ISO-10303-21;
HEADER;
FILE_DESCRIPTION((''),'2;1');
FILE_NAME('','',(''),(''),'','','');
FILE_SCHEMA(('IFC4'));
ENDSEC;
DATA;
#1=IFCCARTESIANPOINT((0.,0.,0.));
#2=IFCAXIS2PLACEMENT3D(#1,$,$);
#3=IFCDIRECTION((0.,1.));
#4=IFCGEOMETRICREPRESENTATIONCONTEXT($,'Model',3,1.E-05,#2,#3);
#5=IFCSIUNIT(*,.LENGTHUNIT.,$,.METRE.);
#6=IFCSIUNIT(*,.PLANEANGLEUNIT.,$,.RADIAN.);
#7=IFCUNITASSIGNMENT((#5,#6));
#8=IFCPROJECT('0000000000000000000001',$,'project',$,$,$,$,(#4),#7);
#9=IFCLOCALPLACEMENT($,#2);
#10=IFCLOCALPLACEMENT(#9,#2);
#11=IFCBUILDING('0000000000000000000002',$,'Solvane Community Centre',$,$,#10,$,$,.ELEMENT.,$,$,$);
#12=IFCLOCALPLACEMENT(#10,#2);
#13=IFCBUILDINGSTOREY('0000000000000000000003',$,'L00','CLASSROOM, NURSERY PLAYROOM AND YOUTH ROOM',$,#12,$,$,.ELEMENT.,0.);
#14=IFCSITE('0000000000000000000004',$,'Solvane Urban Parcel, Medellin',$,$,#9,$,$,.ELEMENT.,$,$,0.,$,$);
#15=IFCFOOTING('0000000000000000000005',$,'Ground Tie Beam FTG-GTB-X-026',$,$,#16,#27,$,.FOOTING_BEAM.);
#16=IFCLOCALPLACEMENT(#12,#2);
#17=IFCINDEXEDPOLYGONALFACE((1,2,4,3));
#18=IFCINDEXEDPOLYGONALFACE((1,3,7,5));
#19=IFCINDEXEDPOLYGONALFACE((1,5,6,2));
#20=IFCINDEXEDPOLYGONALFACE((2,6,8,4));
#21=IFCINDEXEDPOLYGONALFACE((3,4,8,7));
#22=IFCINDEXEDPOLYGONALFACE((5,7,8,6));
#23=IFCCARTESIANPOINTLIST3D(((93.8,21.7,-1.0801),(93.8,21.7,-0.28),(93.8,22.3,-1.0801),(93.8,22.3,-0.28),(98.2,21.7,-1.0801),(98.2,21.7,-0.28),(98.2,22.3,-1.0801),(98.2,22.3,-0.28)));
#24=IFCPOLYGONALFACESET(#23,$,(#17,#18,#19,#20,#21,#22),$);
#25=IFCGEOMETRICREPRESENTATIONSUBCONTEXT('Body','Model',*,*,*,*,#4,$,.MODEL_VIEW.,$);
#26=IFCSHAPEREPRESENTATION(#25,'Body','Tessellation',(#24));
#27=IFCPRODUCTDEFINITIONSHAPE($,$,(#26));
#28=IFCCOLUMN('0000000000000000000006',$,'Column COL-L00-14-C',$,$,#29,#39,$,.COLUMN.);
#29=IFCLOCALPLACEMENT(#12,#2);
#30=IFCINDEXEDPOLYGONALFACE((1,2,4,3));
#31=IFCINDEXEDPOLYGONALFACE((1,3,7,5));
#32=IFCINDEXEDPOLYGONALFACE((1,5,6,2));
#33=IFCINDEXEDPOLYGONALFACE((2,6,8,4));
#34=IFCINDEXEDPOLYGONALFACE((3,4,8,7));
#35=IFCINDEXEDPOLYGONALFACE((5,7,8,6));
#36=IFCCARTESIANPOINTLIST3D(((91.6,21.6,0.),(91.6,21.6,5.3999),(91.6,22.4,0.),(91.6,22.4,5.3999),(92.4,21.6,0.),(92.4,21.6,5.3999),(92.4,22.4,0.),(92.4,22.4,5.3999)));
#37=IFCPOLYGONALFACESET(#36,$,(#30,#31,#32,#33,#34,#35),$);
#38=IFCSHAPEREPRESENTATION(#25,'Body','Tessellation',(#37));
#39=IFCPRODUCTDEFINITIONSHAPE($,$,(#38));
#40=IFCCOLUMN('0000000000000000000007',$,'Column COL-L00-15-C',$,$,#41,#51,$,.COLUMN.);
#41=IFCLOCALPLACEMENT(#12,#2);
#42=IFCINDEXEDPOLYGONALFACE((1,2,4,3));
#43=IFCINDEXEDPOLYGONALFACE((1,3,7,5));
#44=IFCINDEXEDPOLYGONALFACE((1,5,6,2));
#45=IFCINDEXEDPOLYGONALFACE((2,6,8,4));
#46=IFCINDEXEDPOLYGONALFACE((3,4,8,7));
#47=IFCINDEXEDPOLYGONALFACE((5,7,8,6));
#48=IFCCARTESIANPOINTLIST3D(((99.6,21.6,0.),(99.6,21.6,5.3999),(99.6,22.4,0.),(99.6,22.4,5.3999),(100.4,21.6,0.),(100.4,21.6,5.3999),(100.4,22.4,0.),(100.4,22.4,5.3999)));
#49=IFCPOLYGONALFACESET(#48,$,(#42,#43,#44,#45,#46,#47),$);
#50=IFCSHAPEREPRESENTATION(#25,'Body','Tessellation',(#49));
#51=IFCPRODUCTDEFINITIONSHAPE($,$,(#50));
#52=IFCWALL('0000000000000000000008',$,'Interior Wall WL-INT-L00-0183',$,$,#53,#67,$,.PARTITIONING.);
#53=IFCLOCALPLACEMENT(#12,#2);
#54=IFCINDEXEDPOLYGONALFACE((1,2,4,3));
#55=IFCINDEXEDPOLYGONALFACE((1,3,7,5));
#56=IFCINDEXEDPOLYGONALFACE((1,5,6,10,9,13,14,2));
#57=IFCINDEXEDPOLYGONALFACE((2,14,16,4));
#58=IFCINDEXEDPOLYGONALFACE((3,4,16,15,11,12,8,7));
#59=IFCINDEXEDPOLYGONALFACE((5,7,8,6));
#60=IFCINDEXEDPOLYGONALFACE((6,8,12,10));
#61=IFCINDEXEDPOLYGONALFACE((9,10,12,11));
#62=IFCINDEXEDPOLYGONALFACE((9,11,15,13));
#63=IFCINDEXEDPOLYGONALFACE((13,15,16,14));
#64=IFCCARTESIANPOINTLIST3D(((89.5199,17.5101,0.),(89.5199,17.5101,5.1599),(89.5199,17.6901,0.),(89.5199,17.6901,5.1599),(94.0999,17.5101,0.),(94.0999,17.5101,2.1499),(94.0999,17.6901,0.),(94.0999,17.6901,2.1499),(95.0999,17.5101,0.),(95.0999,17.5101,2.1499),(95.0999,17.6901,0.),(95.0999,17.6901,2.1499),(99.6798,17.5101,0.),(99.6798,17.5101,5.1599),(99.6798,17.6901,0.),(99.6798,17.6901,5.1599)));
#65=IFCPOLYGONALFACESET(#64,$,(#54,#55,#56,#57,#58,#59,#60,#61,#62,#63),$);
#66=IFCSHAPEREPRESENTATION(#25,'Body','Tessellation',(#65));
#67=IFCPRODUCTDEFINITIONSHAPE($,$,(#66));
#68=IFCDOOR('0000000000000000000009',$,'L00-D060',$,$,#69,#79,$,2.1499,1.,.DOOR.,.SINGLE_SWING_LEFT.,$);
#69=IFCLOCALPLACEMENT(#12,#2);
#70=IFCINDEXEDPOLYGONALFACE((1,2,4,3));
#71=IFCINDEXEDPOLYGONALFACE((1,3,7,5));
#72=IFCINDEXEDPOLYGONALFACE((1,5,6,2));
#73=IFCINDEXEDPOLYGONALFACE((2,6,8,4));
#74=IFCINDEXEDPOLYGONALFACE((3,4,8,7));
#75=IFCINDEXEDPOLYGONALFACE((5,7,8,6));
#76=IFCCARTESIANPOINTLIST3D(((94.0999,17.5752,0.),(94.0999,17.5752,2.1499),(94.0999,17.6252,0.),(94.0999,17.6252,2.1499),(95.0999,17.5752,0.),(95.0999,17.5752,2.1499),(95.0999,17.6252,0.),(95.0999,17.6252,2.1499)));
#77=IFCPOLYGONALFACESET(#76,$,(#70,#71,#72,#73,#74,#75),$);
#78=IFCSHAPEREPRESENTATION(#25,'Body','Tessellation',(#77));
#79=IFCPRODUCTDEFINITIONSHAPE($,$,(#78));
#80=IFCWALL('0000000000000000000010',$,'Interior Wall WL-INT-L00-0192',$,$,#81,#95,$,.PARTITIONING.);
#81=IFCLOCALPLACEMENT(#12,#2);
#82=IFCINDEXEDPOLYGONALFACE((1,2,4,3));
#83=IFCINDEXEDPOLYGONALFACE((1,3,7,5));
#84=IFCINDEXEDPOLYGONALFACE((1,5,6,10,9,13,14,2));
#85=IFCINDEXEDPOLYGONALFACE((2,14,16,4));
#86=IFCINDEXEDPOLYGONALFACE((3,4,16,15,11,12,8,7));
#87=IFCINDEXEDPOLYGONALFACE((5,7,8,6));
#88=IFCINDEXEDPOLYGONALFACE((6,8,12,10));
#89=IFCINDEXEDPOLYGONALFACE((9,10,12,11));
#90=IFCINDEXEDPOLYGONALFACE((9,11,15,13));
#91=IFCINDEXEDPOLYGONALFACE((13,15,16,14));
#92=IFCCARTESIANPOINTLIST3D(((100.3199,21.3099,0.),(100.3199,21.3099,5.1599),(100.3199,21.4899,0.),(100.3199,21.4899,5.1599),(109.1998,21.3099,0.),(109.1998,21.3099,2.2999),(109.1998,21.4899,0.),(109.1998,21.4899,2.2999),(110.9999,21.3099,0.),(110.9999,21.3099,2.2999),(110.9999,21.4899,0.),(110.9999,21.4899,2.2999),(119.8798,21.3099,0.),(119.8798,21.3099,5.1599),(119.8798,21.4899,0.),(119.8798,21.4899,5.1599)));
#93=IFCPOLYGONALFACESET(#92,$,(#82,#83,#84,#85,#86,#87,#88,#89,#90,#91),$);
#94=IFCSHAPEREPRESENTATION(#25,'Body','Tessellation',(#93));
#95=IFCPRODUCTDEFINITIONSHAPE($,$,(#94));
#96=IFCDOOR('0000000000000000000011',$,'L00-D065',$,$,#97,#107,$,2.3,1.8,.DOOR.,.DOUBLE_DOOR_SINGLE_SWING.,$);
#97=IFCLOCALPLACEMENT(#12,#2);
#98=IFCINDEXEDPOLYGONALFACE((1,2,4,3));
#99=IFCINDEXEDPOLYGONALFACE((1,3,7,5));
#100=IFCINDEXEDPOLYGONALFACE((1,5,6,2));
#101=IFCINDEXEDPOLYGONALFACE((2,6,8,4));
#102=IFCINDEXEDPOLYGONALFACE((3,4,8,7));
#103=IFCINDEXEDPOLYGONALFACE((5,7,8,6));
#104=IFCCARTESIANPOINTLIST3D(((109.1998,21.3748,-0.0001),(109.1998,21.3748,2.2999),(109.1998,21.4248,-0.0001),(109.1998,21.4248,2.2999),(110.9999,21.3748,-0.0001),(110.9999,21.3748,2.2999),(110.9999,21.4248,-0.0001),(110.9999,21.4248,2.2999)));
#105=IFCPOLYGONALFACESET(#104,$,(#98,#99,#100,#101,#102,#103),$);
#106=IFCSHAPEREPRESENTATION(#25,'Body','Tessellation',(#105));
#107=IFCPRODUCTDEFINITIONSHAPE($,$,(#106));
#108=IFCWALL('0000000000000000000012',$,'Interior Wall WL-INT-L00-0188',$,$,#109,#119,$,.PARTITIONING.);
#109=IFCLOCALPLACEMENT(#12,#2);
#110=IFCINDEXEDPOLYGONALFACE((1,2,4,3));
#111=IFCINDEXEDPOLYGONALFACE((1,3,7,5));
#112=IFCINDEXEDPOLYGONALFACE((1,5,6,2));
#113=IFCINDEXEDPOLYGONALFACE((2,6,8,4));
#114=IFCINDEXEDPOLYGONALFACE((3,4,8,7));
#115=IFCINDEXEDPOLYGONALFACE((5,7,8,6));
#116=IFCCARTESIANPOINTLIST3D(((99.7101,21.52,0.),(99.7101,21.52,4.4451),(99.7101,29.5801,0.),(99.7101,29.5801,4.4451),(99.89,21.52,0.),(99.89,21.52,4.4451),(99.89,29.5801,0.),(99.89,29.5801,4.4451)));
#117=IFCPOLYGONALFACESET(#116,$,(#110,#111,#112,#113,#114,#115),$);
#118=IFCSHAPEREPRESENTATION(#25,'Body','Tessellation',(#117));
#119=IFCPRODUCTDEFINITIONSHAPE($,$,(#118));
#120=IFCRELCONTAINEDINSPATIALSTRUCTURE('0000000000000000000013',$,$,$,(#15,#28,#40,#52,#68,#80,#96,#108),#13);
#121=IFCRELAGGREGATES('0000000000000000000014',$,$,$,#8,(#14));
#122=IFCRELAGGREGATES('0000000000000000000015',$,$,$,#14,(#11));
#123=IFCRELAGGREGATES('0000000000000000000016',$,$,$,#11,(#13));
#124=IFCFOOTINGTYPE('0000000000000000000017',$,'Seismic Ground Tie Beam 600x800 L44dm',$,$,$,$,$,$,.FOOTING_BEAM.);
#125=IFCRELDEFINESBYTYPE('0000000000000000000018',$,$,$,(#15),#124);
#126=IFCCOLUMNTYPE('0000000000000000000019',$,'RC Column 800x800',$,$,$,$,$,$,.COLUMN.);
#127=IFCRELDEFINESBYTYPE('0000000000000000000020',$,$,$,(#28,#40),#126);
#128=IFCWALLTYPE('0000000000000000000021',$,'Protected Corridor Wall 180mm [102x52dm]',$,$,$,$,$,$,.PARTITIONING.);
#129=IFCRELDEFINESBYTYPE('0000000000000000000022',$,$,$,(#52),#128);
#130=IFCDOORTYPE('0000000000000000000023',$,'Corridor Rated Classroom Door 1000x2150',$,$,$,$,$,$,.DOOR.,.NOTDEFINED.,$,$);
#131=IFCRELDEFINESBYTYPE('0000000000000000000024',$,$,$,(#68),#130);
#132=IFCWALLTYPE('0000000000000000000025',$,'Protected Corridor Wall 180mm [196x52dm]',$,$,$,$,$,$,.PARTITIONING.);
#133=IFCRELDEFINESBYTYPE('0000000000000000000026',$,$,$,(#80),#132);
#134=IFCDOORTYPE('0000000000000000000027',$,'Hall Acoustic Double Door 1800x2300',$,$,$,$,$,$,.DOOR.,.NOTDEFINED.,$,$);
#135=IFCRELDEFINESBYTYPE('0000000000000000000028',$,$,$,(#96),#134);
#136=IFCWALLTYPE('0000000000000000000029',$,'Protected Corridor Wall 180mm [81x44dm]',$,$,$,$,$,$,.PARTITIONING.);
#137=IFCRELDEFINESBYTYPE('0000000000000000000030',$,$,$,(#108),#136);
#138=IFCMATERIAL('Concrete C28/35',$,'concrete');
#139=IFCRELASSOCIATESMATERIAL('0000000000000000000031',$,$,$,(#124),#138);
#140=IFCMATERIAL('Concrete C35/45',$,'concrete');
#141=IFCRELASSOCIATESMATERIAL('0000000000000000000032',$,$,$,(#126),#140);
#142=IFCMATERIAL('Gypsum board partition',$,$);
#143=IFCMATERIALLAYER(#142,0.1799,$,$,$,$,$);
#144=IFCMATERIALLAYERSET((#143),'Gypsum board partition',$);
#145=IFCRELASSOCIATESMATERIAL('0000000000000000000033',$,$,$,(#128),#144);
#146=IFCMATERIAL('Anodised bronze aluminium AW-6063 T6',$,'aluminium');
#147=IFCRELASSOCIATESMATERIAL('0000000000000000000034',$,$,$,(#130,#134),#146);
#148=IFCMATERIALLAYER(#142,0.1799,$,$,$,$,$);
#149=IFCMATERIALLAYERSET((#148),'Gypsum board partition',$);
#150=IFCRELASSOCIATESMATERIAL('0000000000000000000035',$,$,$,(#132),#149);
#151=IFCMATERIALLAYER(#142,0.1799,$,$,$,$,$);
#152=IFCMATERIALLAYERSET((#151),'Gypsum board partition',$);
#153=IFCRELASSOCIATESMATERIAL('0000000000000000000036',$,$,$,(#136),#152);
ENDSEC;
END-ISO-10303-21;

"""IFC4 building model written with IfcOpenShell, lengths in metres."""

from ifc_helpers import new_model, si_unit, direction, frame, frame_2d, origin, origin_2d, place, context, subcontext, project, spatial, rectangle, extrude, material, layer, layer_set, material_profile, profile_set, type_object, element, fill, save


model = new_model("IFC4")

# Units and contexts
model_context = context("Model", 3, precision=1e-05, world=origin(), true_north=direction((0.0, 1.0)))
body_context = subcontext(model_context, "Body", "Model", "MODEL_VIEW")
ifc_project = project(units=[si_unit("LENGTHUNIT", "METRE"), si_unit("PLANEANGLEUNIT", "RADIAN")], contexts=[model_context])

# Site, building, storey
site_placement = place(None, origin())
site = spatial("IfcSite", under=ifc_project, at=site_placement, Name="Solvane Urban Parcel, Medellin", CompositionType="ELEMENT", RefElevation=0.0)
building_placement = place(site_placement, origin())
building = spatial("IfcBuilding", under=site, at=building_placement, Name="Solvane Community Centre", CompositionType="ELEMENT")
storey_placement = place(building_placement, origin())
storey = spatial("IfcBuildingStorey", under=building, at=storey_placement, Name="L00", Description="CLASSROOM, NURSERY PLAYROOM AND YOUTH ROOM", CompositionType="ELEMENT", Elevation=0.0)

# Shared definitions
ifc_material_1 = material(Name="Concrete C28/35", Category="concrete")

# Footing
footing_type_1 = type_object("IfcFootingType", Name="Seismic Ground Tie Beam 600x800 L44dm", PredefinedType="FOOTING_BEAM", material=ifc_material_1)
footing_placement = place(storey_placement, frame((96.0, 22.0, -1.0801), z_axis=(0.0, 0.0, 1.0), x_axis=(1.0, 0.0, 0.0)))
element("IfcFooting", 1, at=footing_placement, inside=storey, type_object=footing_type_1, Name="Ground Tie Beam FTG-GTB-X-026", PredefinedType="FOOTING_BEAM", context=body_context, shape_type="SweptSolid", body=[
    extrude(rectangle(XDim=4.3999, YDim=0.6001, at=origin_2d()), origin(), (0.0, 0.0, 1.0), 0.8),
])

# Columns
ifc_material_2 = material(Name="Concrete C35/45", Category="concrete")
ifc_material_profile_1 = material_profile(ifc_material_2, rectangle(XDim=0.8, YDim=0.8, at=origin_2d()), Name="RC 800x800")
ifc_profile_set_1 = profile_set([ifc_material_profile_1], Name="Concrete C35/45")
column_type = type_object("IfcColumnType", Name="RC Column 800x800", PredefinedType="COLUMN", material=ifc_profile_set_1)
for number, where, z_axis, x_axis, name in (
    (2, (92.0, 22.0, 0.0), (0.0, 0.0, 1.0), (1.0, 0.0, 0.0), "Column COL-L00-14-C"),
    (3, (100.0, 22.0, 0.0), (0.0, 0.0, 1.0), (1.0, 0.0, 0.0), "Column COL-L00-15-C"),
):
    element("IfcColumn", number, at=place(storey_placement, frame(where, z_axis=z_axis, x_axis=x_axis)), inside=storey, type_object=column_type, Name=name, PredefinedType="COLUMN", context=body_context, shape_type="SweptSolid", body=[
        extrude(rectangle(XDim=0.8, YDim=0.8, at=origin_2d()), origin(), (0.0, 0.0, 1.0), 5.3999),
    ])

# Walls, openings, doors
ifc_material_3 = material(Name="Gypsum board partition")
ifc_layer_1 = layer(ifc_material_3, 0.1799)
ifc_layer_set_1 = layer_set([ifc_layer_1], Name="Gypsum board partition")
wall_type_1 = type_object("IfcWallType", Name="Protected Corridor Wall 180mm [102x52dm]", PredefinedType="PARTITIONING", material=ifc_layer_set_1)
wall_1_placement = place(storey_placement, frame((99.6799, 17.6001, 0.0), z_axis=(0.0, 0.0, 1.0), x_axis=(-1.0, 0.0, 0.0)))
wall_1 = element("IfcWall", 4, at=wall_1_placement, inside=storey, type_object=wall_type_1, Name="Interior Wall WL-INT-L00-0183", PredefinedType="PARTITIONING", context=body_context, shape_type="SweptSolid", body=[
    extrude(rectangle(XDim=10.1599, YDim=0.1799, at=frame_2d((5.0801, 0.0))), origin(), (0.0, 0.0, 1.0), 5.1599),
])
opening_1_placement = place(wall_1_placement, frame((4.5801, 0.0, 0.0)))
opening_1 = element("IfcOpeningElement", 5, at=opening_1_placement, cuts=wall_1, PredefinedType="OPENING", context=body_context, shape_type="SweptSolid", body=[
    extrude(rectangle(XDim=1.0, YDim=2.1499, at=frame_2d((0.5, 1.075))), frame((0.0, 0.0999, 0.0), z_axis=(0.0, -1.0, 0.0), x_axis=(1.0, 0.0, 0.0)), (0.0, 0.0, 1.0), 0.2),
])
ifc_material_4 = material(Name="Anodised bronze aluminium AW-6063 T6", Category="aluminium")
door_type_1 = type_object("IfcDoorType", Name="Corridor Rated Classroom Door 1000x2150", OperationType="NOTDEFINED", PredefinedType="DOOR", material=ifc_material_4)
door_1_placement = place(opening_1_placement, origin())
door_1 = element("IfcDoor", 6, at=door_1_placement, inside=storey, type_object=door_type_1, Name="L00-D060", OperationType="SINGLE_SWING_LEFT", OverallHeight=2.1499, OverallWidth=1.0, PredefinedType="DOOR", context=body_context, shape_type="SweptSolid", body=[
    extrude(rectangle(XDim=1.0, YDim=2.1499, at=frame_2d((0.5, 1.075))), frame((0.0, 0.0249, 0.0), z_axis=(0.0, -1.0, 0.0), x_axis=(1.0, 0.0, 0.0)), (0.0, 0.0, 1.0), 0.05),
])
fill(opening_1, door_1)
ifc_layer_2 = layer(ifc_material_3, 0.1799)
ifc_layer_set_2 = layer_set([ifc_layer_2], Name="Gypsum board partition")
wall_type_2 = type_object("IfcWallType", Name="Protected Corridor Wall 180mm [196x52dm]", PredefinedType="PARTITIONING", material=ifc_layer_set_2)
wall_2_placement = place(storey_placement, frame((100.3201, 21.3999, 0.0), z_axis=(0.0, 0.0, 1.0), x_axis=(1.0, 0.0, 0.0)))
wall_2 = element("IfcWall", 7, at=wall_2_placement, inside=storey, type_object=wall_type_2, Name="Interior Wall WL-INT-L00-0192", PredefinedType="PARTITIONING", context=body_context, shape_type="SweptSolid", body=[
    extrude(rectangle(XDim=19.5598, YDim=0.1799, at=frame_2d((9.7798, 0.0))), origin(), (0.0, 0.0, 1.0), 5.1599),
])
opening_2_placement = place(wall_2_placement, frame((8.8799, 0.0, 0.0)))
opening_2 = element("IfcOpeningElement", 8, at=opening_2_placement, cuts=wall_2, PredefinedType="OPENING", context=body_context, shape_type="SweptSolid", body=[
    extrude(rectangle(XDim=1.8, YDim=2.3, at=frame_2d((0.8999, 1.1499))), frame((0.0, 0.0999, 0.0), z_axis=(0.0, -1.0, 0.0), x_axis=(1.0, 0.0, 0.0)), (0.0, 0.0, 1.0), 0.2),
])
door_type_2 = type_object("IfcDoorType", Name="Hall Acoustic Double Door 1800x2300", OperationType="NOTDEFINED", PredefinedType="DOOR", material=ifc_material_4)
door_2_placement = place(opening_2_placement, origin())
door_2 = element("IfcDoor", 9, at=door_2_placement, inside=storey, type_object=door_type_2, Name="L00-D065", OperationType="DOUBLE_DOOR_SINGLE_SWING", OverallHeight=2.3, OverallWidth=1.8, PredefinedType="DOOR", context=body_context, shape_type="SweptSolid", body=[
    extrude(rectangle(XDim=1.8, YDim=2.3, at=frame_2d((0.8999, 1.1499))), frame((0.0, 0.0249, 0.0), z_axis=(0.0, -1.0, 0.0), x_axis=(1.0, 0.0, 0.0)), (0.0, 0.0, 1.0), 0.05),
])
fill(opening_2, door_2)

# Wall
ifc_layer_3 = layer(ifc_material_3, 0.1799)
ifc_layer_set_3 = layer_set([ifc_layer_3], Name="Gypsum board partition")
wall_type_3 = type_object("IfcWallType", Name="Protected Corridor Wall 180mm [81x44dm]", PredefinedType="PARTITIONING", material=ifc_layer_set_3)
wall_3_placement = place(storey_placement, frame((99.8, 21.52, 0.0), z_axis=(0.0, 0.0, 1.0), x_axis=(0.0, 1.0, 0.0)))
element("IfcWall", 10, at=wall_3_placement, inside=storey, type_object=wall_type_3, Name="Interior Wall WL-INT-L00-0188", PredefinedType="PARTITIONING", context=body_context, shape_type="SweptSolid", body=[
    extrude(rectangle(XDim=8.0601, YDim=0.1799, at=frame_2d((4.03, 0.0))), origin(), (0.0, 0.0, 1.0), 4.4451),
])

save(model, "model.ifc")
